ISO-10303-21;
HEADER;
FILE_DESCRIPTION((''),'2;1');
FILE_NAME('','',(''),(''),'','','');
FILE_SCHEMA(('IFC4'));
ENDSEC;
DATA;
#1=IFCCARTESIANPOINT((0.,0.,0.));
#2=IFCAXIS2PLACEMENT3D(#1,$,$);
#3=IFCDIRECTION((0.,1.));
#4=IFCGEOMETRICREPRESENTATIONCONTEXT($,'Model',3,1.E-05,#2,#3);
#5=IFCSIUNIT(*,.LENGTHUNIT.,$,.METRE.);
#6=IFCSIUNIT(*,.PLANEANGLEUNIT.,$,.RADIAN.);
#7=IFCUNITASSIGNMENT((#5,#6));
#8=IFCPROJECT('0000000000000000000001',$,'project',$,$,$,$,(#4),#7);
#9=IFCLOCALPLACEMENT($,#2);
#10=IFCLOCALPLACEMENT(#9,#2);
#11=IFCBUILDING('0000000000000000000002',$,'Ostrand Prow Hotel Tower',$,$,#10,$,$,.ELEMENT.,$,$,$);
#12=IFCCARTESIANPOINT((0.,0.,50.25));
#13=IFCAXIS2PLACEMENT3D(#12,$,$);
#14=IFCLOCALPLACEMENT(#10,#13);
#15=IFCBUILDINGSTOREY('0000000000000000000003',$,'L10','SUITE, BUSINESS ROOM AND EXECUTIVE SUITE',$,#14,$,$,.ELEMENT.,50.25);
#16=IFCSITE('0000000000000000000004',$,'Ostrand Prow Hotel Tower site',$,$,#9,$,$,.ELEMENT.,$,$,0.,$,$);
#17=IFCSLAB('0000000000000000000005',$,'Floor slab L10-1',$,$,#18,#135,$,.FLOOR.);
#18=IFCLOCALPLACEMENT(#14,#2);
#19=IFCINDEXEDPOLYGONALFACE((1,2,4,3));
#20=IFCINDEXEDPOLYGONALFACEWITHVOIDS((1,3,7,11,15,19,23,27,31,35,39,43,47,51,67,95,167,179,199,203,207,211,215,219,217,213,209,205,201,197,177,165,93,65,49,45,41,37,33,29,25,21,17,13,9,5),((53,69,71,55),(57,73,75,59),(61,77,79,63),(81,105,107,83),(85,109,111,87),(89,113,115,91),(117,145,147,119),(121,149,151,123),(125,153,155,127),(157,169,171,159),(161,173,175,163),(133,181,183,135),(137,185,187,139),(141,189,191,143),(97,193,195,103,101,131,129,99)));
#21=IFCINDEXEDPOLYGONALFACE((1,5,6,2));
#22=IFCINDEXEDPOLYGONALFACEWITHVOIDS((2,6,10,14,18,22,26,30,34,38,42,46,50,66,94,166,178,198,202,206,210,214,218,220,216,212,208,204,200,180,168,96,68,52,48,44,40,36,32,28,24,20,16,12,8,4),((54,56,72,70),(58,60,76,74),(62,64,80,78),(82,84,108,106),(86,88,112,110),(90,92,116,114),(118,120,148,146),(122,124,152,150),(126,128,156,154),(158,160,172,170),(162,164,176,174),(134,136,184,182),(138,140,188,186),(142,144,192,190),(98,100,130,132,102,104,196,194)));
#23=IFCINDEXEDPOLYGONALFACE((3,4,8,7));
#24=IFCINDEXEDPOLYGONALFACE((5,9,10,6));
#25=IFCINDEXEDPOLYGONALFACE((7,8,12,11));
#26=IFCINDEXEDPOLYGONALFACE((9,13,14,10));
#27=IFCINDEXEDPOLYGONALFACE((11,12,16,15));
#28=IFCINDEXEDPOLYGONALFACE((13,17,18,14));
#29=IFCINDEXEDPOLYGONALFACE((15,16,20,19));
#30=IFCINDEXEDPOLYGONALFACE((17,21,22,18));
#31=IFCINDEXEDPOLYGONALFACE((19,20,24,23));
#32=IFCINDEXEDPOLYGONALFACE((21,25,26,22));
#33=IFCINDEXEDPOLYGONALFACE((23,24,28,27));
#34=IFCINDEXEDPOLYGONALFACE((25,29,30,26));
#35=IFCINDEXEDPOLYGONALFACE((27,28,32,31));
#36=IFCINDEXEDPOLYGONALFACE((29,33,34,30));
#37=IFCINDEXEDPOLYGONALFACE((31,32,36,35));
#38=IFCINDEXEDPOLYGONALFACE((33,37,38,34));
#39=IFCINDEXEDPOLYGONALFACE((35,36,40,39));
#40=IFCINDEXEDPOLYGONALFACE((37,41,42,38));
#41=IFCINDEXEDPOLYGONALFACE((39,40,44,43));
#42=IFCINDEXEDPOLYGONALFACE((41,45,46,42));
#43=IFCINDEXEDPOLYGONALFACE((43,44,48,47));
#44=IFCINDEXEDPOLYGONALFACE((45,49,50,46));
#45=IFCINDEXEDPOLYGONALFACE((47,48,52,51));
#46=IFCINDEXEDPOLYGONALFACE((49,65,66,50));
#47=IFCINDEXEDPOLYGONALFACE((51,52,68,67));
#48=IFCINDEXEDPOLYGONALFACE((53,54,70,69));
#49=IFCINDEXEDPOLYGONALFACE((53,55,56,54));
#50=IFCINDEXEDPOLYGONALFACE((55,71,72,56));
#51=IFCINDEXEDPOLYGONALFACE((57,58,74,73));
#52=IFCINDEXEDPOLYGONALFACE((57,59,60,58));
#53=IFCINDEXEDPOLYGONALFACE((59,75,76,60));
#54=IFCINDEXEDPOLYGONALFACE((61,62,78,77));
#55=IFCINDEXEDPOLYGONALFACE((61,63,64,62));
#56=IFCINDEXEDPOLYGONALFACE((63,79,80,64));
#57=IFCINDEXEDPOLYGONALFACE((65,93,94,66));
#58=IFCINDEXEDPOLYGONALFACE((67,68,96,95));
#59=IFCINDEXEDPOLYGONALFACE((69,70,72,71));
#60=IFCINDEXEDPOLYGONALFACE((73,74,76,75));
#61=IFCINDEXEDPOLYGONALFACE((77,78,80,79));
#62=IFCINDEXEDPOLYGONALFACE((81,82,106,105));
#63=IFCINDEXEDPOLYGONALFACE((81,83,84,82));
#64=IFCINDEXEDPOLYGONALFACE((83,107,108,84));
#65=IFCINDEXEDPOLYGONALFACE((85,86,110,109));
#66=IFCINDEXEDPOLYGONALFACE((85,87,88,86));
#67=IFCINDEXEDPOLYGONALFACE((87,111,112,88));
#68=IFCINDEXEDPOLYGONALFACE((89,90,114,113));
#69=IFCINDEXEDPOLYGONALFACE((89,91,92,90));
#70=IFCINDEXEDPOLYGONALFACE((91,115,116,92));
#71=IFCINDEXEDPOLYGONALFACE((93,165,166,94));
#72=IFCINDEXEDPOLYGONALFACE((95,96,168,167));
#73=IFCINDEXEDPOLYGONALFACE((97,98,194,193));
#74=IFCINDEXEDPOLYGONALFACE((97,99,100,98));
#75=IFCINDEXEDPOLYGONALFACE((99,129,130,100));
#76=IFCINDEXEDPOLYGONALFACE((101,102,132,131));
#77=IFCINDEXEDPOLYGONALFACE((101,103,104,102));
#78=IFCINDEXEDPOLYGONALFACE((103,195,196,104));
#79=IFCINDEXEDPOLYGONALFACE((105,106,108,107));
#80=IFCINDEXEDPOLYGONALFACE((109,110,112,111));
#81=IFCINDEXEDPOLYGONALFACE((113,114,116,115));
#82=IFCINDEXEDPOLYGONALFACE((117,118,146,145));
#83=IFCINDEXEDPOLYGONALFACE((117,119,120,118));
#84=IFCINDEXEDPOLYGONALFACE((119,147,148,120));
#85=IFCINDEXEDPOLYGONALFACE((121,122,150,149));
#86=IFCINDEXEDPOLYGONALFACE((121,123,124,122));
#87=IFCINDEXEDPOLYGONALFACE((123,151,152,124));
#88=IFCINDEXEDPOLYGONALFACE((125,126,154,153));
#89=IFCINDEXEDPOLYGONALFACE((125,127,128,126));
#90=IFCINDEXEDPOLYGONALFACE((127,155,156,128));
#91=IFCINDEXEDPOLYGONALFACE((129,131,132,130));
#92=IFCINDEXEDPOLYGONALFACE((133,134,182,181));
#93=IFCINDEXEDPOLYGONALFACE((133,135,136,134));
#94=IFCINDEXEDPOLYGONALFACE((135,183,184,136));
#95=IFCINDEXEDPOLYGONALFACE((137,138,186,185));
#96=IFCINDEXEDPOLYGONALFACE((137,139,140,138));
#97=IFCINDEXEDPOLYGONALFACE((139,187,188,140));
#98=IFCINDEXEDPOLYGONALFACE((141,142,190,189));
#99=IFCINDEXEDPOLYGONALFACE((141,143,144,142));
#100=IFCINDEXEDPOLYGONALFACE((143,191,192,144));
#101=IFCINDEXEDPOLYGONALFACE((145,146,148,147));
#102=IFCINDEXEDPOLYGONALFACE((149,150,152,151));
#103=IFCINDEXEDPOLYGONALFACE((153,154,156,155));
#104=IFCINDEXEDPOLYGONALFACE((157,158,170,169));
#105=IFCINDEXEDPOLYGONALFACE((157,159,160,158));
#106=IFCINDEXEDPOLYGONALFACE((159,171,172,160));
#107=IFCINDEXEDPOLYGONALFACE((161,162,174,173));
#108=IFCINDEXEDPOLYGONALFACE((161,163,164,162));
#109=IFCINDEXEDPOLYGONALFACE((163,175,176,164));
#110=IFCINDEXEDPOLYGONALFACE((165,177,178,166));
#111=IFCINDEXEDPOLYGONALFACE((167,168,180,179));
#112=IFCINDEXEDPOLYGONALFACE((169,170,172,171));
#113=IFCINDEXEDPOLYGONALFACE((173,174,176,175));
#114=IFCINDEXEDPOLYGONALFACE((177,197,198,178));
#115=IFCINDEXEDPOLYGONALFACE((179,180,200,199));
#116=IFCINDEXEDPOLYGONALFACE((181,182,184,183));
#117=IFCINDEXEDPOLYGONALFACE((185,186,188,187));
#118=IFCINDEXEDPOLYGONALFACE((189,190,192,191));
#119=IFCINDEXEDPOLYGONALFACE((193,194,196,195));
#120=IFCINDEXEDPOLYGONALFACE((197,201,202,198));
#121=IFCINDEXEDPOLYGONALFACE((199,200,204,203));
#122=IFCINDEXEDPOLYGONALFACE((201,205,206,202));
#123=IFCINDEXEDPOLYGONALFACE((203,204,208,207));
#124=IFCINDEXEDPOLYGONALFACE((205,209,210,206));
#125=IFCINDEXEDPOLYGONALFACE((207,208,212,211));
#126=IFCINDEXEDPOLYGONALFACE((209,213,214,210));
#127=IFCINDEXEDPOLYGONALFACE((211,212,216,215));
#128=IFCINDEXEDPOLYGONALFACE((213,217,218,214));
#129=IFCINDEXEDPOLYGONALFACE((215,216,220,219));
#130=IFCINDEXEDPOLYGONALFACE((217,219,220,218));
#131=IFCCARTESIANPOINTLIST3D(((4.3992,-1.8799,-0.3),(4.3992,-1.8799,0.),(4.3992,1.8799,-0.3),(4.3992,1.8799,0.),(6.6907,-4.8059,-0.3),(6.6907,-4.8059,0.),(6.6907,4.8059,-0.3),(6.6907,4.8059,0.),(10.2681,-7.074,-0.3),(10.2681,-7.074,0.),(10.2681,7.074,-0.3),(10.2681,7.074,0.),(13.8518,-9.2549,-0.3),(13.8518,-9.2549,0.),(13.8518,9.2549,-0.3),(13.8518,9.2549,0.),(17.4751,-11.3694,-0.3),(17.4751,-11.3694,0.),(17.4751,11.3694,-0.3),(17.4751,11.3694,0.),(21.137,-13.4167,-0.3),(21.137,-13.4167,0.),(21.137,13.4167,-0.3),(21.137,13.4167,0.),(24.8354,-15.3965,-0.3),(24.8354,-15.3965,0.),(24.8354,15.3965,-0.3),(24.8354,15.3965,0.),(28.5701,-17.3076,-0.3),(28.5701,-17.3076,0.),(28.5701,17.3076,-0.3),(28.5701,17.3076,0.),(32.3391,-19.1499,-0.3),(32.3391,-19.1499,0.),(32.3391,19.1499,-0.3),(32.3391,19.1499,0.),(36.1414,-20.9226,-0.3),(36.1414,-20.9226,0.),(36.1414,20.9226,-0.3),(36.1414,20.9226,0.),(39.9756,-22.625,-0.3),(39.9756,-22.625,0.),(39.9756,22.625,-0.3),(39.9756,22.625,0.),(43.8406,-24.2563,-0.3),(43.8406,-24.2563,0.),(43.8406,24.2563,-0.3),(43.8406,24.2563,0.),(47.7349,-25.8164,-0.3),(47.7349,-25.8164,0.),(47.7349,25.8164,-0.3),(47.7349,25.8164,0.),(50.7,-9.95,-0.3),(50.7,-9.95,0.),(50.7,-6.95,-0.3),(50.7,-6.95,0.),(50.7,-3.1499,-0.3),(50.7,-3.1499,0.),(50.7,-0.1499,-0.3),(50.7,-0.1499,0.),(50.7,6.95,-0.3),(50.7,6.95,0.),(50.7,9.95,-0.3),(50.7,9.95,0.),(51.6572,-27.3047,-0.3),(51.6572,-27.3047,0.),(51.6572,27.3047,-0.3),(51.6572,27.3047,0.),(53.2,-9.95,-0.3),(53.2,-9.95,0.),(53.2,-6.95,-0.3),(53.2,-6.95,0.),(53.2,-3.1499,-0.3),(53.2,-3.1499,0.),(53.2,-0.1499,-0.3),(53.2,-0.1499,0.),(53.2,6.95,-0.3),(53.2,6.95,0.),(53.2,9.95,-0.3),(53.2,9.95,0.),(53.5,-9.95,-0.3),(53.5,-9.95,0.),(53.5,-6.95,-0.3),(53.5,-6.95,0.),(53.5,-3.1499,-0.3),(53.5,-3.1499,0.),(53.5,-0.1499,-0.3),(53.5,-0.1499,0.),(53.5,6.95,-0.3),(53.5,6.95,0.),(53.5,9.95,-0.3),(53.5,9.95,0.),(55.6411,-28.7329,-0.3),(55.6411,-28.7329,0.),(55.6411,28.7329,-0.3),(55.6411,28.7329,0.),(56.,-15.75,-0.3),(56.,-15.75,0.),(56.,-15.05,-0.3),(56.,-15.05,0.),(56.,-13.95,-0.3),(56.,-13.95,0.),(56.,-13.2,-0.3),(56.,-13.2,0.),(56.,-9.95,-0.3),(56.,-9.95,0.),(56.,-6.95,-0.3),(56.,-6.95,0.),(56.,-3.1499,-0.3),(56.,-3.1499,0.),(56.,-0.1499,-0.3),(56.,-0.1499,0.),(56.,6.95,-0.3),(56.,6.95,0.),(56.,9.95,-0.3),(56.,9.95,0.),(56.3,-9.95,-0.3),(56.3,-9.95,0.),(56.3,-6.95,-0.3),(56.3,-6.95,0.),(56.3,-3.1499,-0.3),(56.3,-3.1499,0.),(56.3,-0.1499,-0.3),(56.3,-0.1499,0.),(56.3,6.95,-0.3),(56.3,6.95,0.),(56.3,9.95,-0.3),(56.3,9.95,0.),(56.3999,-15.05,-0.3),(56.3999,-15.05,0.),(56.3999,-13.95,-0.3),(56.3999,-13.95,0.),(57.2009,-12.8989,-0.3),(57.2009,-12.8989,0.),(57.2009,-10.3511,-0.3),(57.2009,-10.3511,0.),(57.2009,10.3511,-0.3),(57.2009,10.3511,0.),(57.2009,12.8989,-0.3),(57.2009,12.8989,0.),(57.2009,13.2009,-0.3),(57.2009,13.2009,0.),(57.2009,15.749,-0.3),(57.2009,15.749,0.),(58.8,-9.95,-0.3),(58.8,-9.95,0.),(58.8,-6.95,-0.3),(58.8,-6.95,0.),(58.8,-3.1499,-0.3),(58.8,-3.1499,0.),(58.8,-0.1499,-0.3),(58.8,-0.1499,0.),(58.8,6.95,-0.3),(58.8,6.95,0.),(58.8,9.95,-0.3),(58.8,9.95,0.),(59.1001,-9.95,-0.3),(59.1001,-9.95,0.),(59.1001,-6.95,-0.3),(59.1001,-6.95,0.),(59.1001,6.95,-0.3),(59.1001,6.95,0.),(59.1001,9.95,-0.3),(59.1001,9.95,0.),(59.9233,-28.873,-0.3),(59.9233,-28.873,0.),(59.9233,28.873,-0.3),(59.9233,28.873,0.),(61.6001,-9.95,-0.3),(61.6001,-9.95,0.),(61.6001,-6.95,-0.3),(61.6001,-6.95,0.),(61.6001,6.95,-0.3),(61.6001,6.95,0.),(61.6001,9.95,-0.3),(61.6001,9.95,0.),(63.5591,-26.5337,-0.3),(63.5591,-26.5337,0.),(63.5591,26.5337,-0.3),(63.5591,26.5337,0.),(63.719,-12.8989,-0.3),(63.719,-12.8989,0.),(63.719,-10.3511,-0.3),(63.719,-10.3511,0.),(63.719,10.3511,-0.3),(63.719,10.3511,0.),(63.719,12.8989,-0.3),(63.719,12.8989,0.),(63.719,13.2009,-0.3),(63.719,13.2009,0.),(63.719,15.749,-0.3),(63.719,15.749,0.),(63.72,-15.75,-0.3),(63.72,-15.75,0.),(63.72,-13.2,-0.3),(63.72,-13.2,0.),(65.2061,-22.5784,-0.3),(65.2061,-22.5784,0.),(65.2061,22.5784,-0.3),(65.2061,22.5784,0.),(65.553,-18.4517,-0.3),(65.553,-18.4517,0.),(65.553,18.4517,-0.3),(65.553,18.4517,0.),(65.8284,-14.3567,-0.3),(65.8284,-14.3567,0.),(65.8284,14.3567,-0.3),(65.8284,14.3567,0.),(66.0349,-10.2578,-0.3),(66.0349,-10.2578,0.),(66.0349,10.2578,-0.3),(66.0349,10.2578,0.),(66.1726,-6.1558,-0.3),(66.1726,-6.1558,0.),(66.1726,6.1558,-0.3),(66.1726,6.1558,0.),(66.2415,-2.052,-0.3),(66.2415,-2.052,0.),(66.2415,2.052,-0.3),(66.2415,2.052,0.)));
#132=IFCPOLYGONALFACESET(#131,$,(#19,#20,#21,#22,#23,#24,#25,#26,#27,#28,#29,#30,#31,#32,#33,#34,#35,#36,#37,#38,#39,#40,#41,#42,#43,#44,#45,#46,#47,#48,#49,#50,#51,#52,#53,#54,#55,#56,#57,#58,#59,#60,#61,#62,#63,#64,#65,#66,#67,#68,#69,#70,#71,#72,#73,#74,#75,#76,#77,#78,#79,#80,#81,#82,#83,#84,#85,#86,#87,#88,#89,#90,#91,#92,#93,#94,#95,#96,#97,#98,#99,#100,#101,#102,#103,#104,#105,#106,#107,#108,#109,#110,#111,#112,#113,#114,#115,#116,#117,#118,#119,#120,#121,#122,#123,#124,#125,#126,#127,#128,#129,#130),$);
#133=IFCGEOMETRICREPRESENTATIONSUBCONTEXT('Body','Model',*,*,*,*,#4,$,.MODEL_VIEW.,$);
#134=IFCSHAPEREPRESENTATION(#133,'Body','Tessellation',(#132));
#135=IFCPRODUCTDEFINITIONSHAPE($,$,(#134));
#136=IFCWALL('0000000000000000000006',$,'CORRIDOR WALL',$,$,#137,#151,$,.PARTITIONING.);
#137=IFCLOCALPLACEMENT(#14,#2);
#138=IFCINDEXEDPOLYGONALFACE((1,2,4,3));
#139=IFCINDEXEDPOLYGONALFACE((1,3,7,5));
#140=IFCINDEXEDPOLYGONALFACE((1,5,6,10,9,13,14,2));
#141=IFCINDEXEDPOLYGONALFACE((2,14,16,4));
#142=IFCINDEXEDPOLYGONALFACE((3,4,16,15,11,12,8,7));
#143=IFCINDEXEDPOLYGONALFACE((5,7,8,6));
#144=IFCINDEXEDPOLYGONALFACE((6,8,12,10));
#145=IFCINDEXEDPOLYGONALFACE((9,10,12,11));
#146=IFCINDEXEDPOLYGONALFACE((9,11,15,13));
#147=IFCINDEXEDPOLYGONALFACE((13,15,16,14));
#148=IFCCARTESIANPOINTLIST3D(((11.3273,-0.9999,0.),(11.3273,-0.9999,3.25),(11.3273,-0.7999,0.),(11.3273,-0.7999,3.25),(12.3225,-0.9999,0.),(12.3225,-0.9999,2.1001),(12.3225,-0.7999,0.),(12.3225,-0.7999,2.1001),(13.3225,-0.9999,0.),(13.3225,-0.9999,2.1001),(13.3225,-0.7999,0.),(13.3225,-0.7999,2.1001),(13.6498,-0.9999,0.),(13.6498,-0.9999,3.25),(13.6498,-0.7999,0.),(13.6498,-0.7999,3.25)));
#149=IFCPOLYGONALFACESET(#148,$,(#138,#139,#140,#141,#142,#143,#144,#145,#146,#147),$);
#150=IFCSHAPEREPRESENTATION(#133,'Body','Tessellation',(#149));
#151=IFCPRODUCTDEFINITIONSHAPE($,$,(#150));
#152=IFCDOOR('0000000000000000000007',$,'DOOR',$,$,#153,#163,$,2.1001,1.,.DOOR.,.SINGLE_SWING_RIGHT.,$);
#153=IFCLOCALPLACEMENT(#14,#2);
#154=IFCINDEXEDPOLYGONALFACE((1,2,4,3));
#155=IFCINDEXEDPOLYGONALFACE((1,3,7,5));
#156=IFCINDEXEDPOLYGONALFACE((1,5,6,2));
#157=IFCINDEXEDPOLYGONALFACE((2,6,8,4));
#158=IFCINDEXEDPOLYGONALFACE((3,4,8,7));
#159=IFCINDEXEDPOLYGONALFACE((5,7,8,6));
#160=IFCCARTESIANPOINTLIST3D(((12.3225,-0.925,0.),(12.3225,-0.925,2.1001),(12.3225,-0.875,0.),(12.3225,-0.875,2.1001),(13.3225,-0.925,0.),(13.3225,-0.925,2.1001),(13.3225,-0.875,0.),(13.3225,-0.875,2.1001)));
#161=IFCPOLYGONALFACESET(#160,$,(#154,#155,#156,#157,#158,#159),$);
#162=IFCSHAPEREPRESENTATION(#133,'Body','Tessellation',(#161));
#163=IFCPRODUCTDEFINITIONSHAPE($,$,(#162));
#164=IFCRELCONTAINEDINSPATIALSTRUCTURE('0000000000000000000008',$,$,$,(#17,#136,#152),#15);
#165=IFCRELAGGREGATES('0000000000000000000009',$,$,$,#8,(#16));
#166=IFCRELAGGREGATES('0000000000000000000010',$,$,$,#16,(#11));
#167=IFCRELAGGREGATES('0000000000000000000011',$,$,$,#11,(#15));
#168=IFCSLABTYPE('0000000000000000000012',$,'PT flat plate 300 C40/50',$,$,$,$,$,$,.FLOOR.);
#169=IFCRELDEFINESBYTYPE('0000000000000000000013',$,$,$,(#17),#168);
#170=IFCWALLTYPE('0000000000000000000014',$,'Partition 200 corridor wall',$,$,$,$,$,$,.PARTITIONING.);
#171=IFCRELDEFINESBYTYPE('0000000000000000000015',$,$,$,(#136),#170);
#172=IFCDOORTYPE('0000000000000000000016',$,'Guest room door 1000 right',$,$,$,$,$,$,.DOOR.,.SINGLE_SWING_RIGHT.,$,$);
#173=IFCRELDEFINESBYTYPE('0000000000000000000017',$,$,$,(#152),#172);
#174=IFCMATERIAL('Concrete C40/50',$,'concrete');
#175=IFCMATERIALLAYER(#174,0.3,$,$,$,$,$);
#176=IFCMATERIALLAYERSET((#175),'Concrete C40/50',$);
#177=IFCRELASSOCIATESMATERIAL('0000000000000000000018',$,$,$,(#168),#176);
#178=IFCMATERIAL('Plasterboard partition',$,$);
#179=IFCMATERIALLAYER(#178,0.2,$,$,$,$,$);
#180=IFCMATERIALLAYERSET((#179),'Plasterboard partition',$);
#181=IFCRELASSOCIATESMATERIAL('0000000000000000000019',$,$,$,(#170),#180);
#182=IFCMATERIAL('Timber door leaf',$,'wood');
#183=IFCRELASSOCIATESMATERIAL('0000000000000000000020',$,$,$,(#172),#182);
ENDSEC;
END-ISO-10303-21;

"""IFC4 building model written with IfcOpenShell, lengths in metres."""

from ifc_helpers import new_model, si_unit, direction, frame, frame_2d, origin, place, context, subcontext, project, spatial, polyline, rectangle, outline, extrude, material, layer, layer_set, type_object, element, fill, save


model = new_model("IFC4")

# Units and contexts
model_context = context("Model", 3, precision=1e-05, world=origin(), true_north=direction((0.0, 1.0)))
body_context = subcontext(model_context, "Body", "Model", "MODEL_VIEW")
ifc_project = project(units=[si_unit("LENGTHUNIT", "METRE"), si_unit("PLANEANGLEUNIT", "RADIAN")], contexts=[model_context])

# Site, building, storey
site_placement = place(None, origin())
site = spatial("IfcSite", under=ifc_project, at=site_placement, Name="Ostrand Prow Hotel Tower site", CompositionType="ELEMENT", RefElevation=0.0)
building_placement = place(site_placement, origin())
building = spatial("IfcBuilding", under=site, at=building_placement, Name="Ostrand Prow Hotel Tower", CompositionType="ELEMENT")
storey_placement = place(building_placement, frame((0.0, 0.0, 50.25)))
storey = spatial("IfcBuildingStorey", under=building, at=storey_placement, Name="L10", Description="SUITE, BUSINESS ROOM AND EXECUTIVE SUITE", CompositionType="ELEMENT", Elevation=50.25)

# Slab, opening
ifc_material_1 = material(Name="Concrete C40/50", Category="concrete")
ifc_layer_1 = layer(ifc_material_1, 0.3)
ifc_layer_set_1 = layer_set([ifc_layer_1], Name="Concrete C40/50")
slab_type = type_object("IfcSlabType", Name="PT flat plate 300 C40/50", PredefinedType="FLOOR", material=ifc_layer_set_1)
slab_placement = place(storey_placement, frame((0.0, 0.0, -0.3)))
slab = element("IfcSlab", 1, at=slab_placement, inside=storey, type_object=slab_type, Name="Floor slab L10-1", PredefinedType="FLOOR", context=body_context, shape_type="SweptSolid", body=[
    extrude(outline(polyline([(6.6907, 4.8059), (10.2681, 7.074), (13.8518, 9.2549), (17.4751, 11.3694), (21.137, 13.4167), (24.8354, 15.3965), (28.5701, 17.3076), (32.3391, 19.1499), (36.1414, 20.9226), (39.9756, 22.625), (43.8406, 24.2563), (47.7349, 25.8164), (51.6572, 27.3047), (55.6411, 28.7329), (59.9233, 28.873), (63.5591, 26.5337), (65.2061, 22.5784), (65.553, 18.4517), (65.8284, 14.3567), (66.0349, 10.2578), (66.1726, 6.1558), (66.2415, 2.052), (66.2415, -2.052), (66.1726, -6.1558), (66.0349, -10.2578), (65.8284, -14.3567), (65.553, -18.4517), (65.2061, -22.5784), (63.5591, -26.5337), (59.9233, -28.873), (55.6411, -28.7329), (51.6572, -27.3047), (47.7349, -25.8164), (43.8406, -24.2563), (39.9756, -22.625), (36.1414, -20.9226), (32.3391, -19.1499), (28.5701, -17.3076), (24.8354, -15.3965), (21.137, -13.4167), (17.4751, -11.3694), (13.8518, -9.2549), (10.2681, -7.074), (6.6907, -4.8059), (4.3992, -1.8799), (4.3992, 1.8799), (6.6907, 4.8059)]), holes=[polyline([(50.7, 6.95), (53.2, 6.95), (53.2, 9.95), (50.7, 9.95), (50.7, 6.95)]), polyline([(53.5, 6.95), (56.0, 6.95), (56.0, 9.95), (53.5, 9.95), (53.5, 6.95)]), polyline([(56.3, 6.95), (58.8, 6.95), (58.8, 9.95), (56.3, 9.95), (56.3, 6.95)]), polyline([(59.1001, 6.95), (61.6001, 6.95), (61.6001, 9.95), (59.1001, 9.95), (59.1001, 6.95)]), polyline([(50.7, -3.1499), (53.2, -3.1499), (53.2, -0.1499), (50.7, -0.1499), (50.7, -3.1499)]), polyline([(53.5, -3.1499), (56.0, -3.1499), (56.0, -0.1499), (53.5, -0.1499), (53.5, -3.1499)]), polyline([(56.3, -3.1499), (58.8, -3.1499), (58.8, -0.1499), (56.3, -0.1499), (56.3, -3.1499)]), polyline([(50.7, -9.95), (53.2, -9.95), (53.2, -6.95), (50.7, -6.95), (50.7, -9.95)]), polyline([(53.5, -9.95), (56.0, -9.95), (56.0, -6.95), (53.5, -6.95), (53.5, -9.95)]), polyline([(56.3, -9.95), (58.8, -9.95), (58.8, -6.95), (56.3, -6.95), (56.3, -9.95)]), polyline([(59.1001, -9.95), (61.6001, -9.95), (61.6001, -6.95), (59.1001, -6.95), (59.1001, -9.95)]), polyline([(57.2009, 10.3511), (57.2009, 12.8989), (63.719, 12.8989), (63.719, 10.3511), (57.2009, 10.3511)]), polyline([(57.2009, 13.2009), (57.2009, 15.749), (63.719, 15.749), (63.719, 13.2009), (57.2009, 13.2009)]), polyline([(57.2009, -12.8989), (57.2009, -10.3511), (63.719, -10.3511), (63.719, -12.8989), (57.2009, -12.8989)]), polyline([(56.0, -13.2), (63.72, -13.2), (63.72, -15.75), (56.0, -15.75), (56.0, -15.05), (56.3999, -15.05), (56.3999, -13.95), (56.0, -13.95), (56.0, -13.2)])]), origin(), (0.0, 0.0, 1.0), 0.3),
])
opening_1_placement = place(slab_placement, origin())
element("IfcOpeningElement", 2, at=opening_1_placement, cuts=slab, PredefinedType="OPENING", context=body_context, shape_type="SweptSolid", body=[
    extrude(outline(polyline([(56.0, -13.2), (63.72, -13.2), (63.72, -15.75), (56.0, -15.75), (56.0, -15.05), (56.3999, -15.05), (56.3999, -13.95), (56.0, -13.95), (56.0, -13.2)])), origin(), (0.0, 0.0, 1.0), 0.3),
])

# Wall, opening, door
ifc_material_2 = material(Name="Plasterboard partition")
ifc_layer_2 = layer(ifc_material_2, 0.2)
ifc_layer_set_2 = layer_set([ifc_layer_2], Name="Plasterboard partition")
wall_type_1 = type_object("IfcWallType", Name="Partition 200 corridor wall", PredefinedType="PARTITIONING", material=ifc_layer_set_2)
wall_1_placement = place(storey_placement, frame((11.3274, -0.8999, 0.0), z_axis=(0.0, 0.0, 1.0), x_axis=(1.0, 0.0, 0.0)))
wall_1 = element("IfcWall", 3, at=wall_1_placement, inside=storey, type_object=wall_type_1, Name="CORRIDOR WALL", PredefinedType="PARTITIONING", context=body_context, shape_type="SweptSolid", body=[
    extrude(rectangle(XDim=2.3225, YDim=0.2, at=frame_2d((1.1611, 0.0))), origin(), (0.0, 0.0, 1.0), 3.25),
])
opening_2_placement = place(wall_1_placement, frame((0.9951, 0.0, 0.0)))
opening_2 = element("IfcOpeningElement", 4, at=opening_2_placement, cuts=wall_1, PredefinedType="OPENING", context=body_context, shape_type="SweptSolid", body=[
    extrude(rectangle(XDim=1.0, YDim=2.1001, at=frame_2d((0.5, 1.05))), frame((0.0, 0.1099, 0.0), z_axis=(0.0, -1.0, 0.0), x_axis=(1.0, 0.0, 0.0)), (0.0, 0.0, 1.0), 0.22),
])
ifc_material_3 = material(Name="Timber door leaf", Category="wood")
door_type_1 = type_object("IfcDoorType", Name="Guest room door 1000 right", OperationType="SINGLE_SWING_RIGHT", PredefinedType="DOOR", material=ifc_material_3)
door_1_placement = place(opening_2_placement, origin())
door_1 = element("IfcDoor", 5, at=door_1_placement, inside=storey, type_object=door_type_1, Name="DOOR", OperationType="SINGLE_SWING_RIGHT", OverallHeight=2.1001, OverallWidth=1.0, PredefinedType="DOOR", context=body_context, shape_type="SweptSolid", body=[
    extrude(rectangle(XDim=1.0, YDim=2.1001, at=frame_2d((0.5, 1.05))), frame((0.0, 0.0249, 0.0), z_axis=(0.0, -1.0, 0.0), x_axis=(1.0, 0.0, 0.0)), (0.0, 0.0, 1.0), 0.05),
])
fill(opening_2, door_1)

save(model, "model.ifc")
